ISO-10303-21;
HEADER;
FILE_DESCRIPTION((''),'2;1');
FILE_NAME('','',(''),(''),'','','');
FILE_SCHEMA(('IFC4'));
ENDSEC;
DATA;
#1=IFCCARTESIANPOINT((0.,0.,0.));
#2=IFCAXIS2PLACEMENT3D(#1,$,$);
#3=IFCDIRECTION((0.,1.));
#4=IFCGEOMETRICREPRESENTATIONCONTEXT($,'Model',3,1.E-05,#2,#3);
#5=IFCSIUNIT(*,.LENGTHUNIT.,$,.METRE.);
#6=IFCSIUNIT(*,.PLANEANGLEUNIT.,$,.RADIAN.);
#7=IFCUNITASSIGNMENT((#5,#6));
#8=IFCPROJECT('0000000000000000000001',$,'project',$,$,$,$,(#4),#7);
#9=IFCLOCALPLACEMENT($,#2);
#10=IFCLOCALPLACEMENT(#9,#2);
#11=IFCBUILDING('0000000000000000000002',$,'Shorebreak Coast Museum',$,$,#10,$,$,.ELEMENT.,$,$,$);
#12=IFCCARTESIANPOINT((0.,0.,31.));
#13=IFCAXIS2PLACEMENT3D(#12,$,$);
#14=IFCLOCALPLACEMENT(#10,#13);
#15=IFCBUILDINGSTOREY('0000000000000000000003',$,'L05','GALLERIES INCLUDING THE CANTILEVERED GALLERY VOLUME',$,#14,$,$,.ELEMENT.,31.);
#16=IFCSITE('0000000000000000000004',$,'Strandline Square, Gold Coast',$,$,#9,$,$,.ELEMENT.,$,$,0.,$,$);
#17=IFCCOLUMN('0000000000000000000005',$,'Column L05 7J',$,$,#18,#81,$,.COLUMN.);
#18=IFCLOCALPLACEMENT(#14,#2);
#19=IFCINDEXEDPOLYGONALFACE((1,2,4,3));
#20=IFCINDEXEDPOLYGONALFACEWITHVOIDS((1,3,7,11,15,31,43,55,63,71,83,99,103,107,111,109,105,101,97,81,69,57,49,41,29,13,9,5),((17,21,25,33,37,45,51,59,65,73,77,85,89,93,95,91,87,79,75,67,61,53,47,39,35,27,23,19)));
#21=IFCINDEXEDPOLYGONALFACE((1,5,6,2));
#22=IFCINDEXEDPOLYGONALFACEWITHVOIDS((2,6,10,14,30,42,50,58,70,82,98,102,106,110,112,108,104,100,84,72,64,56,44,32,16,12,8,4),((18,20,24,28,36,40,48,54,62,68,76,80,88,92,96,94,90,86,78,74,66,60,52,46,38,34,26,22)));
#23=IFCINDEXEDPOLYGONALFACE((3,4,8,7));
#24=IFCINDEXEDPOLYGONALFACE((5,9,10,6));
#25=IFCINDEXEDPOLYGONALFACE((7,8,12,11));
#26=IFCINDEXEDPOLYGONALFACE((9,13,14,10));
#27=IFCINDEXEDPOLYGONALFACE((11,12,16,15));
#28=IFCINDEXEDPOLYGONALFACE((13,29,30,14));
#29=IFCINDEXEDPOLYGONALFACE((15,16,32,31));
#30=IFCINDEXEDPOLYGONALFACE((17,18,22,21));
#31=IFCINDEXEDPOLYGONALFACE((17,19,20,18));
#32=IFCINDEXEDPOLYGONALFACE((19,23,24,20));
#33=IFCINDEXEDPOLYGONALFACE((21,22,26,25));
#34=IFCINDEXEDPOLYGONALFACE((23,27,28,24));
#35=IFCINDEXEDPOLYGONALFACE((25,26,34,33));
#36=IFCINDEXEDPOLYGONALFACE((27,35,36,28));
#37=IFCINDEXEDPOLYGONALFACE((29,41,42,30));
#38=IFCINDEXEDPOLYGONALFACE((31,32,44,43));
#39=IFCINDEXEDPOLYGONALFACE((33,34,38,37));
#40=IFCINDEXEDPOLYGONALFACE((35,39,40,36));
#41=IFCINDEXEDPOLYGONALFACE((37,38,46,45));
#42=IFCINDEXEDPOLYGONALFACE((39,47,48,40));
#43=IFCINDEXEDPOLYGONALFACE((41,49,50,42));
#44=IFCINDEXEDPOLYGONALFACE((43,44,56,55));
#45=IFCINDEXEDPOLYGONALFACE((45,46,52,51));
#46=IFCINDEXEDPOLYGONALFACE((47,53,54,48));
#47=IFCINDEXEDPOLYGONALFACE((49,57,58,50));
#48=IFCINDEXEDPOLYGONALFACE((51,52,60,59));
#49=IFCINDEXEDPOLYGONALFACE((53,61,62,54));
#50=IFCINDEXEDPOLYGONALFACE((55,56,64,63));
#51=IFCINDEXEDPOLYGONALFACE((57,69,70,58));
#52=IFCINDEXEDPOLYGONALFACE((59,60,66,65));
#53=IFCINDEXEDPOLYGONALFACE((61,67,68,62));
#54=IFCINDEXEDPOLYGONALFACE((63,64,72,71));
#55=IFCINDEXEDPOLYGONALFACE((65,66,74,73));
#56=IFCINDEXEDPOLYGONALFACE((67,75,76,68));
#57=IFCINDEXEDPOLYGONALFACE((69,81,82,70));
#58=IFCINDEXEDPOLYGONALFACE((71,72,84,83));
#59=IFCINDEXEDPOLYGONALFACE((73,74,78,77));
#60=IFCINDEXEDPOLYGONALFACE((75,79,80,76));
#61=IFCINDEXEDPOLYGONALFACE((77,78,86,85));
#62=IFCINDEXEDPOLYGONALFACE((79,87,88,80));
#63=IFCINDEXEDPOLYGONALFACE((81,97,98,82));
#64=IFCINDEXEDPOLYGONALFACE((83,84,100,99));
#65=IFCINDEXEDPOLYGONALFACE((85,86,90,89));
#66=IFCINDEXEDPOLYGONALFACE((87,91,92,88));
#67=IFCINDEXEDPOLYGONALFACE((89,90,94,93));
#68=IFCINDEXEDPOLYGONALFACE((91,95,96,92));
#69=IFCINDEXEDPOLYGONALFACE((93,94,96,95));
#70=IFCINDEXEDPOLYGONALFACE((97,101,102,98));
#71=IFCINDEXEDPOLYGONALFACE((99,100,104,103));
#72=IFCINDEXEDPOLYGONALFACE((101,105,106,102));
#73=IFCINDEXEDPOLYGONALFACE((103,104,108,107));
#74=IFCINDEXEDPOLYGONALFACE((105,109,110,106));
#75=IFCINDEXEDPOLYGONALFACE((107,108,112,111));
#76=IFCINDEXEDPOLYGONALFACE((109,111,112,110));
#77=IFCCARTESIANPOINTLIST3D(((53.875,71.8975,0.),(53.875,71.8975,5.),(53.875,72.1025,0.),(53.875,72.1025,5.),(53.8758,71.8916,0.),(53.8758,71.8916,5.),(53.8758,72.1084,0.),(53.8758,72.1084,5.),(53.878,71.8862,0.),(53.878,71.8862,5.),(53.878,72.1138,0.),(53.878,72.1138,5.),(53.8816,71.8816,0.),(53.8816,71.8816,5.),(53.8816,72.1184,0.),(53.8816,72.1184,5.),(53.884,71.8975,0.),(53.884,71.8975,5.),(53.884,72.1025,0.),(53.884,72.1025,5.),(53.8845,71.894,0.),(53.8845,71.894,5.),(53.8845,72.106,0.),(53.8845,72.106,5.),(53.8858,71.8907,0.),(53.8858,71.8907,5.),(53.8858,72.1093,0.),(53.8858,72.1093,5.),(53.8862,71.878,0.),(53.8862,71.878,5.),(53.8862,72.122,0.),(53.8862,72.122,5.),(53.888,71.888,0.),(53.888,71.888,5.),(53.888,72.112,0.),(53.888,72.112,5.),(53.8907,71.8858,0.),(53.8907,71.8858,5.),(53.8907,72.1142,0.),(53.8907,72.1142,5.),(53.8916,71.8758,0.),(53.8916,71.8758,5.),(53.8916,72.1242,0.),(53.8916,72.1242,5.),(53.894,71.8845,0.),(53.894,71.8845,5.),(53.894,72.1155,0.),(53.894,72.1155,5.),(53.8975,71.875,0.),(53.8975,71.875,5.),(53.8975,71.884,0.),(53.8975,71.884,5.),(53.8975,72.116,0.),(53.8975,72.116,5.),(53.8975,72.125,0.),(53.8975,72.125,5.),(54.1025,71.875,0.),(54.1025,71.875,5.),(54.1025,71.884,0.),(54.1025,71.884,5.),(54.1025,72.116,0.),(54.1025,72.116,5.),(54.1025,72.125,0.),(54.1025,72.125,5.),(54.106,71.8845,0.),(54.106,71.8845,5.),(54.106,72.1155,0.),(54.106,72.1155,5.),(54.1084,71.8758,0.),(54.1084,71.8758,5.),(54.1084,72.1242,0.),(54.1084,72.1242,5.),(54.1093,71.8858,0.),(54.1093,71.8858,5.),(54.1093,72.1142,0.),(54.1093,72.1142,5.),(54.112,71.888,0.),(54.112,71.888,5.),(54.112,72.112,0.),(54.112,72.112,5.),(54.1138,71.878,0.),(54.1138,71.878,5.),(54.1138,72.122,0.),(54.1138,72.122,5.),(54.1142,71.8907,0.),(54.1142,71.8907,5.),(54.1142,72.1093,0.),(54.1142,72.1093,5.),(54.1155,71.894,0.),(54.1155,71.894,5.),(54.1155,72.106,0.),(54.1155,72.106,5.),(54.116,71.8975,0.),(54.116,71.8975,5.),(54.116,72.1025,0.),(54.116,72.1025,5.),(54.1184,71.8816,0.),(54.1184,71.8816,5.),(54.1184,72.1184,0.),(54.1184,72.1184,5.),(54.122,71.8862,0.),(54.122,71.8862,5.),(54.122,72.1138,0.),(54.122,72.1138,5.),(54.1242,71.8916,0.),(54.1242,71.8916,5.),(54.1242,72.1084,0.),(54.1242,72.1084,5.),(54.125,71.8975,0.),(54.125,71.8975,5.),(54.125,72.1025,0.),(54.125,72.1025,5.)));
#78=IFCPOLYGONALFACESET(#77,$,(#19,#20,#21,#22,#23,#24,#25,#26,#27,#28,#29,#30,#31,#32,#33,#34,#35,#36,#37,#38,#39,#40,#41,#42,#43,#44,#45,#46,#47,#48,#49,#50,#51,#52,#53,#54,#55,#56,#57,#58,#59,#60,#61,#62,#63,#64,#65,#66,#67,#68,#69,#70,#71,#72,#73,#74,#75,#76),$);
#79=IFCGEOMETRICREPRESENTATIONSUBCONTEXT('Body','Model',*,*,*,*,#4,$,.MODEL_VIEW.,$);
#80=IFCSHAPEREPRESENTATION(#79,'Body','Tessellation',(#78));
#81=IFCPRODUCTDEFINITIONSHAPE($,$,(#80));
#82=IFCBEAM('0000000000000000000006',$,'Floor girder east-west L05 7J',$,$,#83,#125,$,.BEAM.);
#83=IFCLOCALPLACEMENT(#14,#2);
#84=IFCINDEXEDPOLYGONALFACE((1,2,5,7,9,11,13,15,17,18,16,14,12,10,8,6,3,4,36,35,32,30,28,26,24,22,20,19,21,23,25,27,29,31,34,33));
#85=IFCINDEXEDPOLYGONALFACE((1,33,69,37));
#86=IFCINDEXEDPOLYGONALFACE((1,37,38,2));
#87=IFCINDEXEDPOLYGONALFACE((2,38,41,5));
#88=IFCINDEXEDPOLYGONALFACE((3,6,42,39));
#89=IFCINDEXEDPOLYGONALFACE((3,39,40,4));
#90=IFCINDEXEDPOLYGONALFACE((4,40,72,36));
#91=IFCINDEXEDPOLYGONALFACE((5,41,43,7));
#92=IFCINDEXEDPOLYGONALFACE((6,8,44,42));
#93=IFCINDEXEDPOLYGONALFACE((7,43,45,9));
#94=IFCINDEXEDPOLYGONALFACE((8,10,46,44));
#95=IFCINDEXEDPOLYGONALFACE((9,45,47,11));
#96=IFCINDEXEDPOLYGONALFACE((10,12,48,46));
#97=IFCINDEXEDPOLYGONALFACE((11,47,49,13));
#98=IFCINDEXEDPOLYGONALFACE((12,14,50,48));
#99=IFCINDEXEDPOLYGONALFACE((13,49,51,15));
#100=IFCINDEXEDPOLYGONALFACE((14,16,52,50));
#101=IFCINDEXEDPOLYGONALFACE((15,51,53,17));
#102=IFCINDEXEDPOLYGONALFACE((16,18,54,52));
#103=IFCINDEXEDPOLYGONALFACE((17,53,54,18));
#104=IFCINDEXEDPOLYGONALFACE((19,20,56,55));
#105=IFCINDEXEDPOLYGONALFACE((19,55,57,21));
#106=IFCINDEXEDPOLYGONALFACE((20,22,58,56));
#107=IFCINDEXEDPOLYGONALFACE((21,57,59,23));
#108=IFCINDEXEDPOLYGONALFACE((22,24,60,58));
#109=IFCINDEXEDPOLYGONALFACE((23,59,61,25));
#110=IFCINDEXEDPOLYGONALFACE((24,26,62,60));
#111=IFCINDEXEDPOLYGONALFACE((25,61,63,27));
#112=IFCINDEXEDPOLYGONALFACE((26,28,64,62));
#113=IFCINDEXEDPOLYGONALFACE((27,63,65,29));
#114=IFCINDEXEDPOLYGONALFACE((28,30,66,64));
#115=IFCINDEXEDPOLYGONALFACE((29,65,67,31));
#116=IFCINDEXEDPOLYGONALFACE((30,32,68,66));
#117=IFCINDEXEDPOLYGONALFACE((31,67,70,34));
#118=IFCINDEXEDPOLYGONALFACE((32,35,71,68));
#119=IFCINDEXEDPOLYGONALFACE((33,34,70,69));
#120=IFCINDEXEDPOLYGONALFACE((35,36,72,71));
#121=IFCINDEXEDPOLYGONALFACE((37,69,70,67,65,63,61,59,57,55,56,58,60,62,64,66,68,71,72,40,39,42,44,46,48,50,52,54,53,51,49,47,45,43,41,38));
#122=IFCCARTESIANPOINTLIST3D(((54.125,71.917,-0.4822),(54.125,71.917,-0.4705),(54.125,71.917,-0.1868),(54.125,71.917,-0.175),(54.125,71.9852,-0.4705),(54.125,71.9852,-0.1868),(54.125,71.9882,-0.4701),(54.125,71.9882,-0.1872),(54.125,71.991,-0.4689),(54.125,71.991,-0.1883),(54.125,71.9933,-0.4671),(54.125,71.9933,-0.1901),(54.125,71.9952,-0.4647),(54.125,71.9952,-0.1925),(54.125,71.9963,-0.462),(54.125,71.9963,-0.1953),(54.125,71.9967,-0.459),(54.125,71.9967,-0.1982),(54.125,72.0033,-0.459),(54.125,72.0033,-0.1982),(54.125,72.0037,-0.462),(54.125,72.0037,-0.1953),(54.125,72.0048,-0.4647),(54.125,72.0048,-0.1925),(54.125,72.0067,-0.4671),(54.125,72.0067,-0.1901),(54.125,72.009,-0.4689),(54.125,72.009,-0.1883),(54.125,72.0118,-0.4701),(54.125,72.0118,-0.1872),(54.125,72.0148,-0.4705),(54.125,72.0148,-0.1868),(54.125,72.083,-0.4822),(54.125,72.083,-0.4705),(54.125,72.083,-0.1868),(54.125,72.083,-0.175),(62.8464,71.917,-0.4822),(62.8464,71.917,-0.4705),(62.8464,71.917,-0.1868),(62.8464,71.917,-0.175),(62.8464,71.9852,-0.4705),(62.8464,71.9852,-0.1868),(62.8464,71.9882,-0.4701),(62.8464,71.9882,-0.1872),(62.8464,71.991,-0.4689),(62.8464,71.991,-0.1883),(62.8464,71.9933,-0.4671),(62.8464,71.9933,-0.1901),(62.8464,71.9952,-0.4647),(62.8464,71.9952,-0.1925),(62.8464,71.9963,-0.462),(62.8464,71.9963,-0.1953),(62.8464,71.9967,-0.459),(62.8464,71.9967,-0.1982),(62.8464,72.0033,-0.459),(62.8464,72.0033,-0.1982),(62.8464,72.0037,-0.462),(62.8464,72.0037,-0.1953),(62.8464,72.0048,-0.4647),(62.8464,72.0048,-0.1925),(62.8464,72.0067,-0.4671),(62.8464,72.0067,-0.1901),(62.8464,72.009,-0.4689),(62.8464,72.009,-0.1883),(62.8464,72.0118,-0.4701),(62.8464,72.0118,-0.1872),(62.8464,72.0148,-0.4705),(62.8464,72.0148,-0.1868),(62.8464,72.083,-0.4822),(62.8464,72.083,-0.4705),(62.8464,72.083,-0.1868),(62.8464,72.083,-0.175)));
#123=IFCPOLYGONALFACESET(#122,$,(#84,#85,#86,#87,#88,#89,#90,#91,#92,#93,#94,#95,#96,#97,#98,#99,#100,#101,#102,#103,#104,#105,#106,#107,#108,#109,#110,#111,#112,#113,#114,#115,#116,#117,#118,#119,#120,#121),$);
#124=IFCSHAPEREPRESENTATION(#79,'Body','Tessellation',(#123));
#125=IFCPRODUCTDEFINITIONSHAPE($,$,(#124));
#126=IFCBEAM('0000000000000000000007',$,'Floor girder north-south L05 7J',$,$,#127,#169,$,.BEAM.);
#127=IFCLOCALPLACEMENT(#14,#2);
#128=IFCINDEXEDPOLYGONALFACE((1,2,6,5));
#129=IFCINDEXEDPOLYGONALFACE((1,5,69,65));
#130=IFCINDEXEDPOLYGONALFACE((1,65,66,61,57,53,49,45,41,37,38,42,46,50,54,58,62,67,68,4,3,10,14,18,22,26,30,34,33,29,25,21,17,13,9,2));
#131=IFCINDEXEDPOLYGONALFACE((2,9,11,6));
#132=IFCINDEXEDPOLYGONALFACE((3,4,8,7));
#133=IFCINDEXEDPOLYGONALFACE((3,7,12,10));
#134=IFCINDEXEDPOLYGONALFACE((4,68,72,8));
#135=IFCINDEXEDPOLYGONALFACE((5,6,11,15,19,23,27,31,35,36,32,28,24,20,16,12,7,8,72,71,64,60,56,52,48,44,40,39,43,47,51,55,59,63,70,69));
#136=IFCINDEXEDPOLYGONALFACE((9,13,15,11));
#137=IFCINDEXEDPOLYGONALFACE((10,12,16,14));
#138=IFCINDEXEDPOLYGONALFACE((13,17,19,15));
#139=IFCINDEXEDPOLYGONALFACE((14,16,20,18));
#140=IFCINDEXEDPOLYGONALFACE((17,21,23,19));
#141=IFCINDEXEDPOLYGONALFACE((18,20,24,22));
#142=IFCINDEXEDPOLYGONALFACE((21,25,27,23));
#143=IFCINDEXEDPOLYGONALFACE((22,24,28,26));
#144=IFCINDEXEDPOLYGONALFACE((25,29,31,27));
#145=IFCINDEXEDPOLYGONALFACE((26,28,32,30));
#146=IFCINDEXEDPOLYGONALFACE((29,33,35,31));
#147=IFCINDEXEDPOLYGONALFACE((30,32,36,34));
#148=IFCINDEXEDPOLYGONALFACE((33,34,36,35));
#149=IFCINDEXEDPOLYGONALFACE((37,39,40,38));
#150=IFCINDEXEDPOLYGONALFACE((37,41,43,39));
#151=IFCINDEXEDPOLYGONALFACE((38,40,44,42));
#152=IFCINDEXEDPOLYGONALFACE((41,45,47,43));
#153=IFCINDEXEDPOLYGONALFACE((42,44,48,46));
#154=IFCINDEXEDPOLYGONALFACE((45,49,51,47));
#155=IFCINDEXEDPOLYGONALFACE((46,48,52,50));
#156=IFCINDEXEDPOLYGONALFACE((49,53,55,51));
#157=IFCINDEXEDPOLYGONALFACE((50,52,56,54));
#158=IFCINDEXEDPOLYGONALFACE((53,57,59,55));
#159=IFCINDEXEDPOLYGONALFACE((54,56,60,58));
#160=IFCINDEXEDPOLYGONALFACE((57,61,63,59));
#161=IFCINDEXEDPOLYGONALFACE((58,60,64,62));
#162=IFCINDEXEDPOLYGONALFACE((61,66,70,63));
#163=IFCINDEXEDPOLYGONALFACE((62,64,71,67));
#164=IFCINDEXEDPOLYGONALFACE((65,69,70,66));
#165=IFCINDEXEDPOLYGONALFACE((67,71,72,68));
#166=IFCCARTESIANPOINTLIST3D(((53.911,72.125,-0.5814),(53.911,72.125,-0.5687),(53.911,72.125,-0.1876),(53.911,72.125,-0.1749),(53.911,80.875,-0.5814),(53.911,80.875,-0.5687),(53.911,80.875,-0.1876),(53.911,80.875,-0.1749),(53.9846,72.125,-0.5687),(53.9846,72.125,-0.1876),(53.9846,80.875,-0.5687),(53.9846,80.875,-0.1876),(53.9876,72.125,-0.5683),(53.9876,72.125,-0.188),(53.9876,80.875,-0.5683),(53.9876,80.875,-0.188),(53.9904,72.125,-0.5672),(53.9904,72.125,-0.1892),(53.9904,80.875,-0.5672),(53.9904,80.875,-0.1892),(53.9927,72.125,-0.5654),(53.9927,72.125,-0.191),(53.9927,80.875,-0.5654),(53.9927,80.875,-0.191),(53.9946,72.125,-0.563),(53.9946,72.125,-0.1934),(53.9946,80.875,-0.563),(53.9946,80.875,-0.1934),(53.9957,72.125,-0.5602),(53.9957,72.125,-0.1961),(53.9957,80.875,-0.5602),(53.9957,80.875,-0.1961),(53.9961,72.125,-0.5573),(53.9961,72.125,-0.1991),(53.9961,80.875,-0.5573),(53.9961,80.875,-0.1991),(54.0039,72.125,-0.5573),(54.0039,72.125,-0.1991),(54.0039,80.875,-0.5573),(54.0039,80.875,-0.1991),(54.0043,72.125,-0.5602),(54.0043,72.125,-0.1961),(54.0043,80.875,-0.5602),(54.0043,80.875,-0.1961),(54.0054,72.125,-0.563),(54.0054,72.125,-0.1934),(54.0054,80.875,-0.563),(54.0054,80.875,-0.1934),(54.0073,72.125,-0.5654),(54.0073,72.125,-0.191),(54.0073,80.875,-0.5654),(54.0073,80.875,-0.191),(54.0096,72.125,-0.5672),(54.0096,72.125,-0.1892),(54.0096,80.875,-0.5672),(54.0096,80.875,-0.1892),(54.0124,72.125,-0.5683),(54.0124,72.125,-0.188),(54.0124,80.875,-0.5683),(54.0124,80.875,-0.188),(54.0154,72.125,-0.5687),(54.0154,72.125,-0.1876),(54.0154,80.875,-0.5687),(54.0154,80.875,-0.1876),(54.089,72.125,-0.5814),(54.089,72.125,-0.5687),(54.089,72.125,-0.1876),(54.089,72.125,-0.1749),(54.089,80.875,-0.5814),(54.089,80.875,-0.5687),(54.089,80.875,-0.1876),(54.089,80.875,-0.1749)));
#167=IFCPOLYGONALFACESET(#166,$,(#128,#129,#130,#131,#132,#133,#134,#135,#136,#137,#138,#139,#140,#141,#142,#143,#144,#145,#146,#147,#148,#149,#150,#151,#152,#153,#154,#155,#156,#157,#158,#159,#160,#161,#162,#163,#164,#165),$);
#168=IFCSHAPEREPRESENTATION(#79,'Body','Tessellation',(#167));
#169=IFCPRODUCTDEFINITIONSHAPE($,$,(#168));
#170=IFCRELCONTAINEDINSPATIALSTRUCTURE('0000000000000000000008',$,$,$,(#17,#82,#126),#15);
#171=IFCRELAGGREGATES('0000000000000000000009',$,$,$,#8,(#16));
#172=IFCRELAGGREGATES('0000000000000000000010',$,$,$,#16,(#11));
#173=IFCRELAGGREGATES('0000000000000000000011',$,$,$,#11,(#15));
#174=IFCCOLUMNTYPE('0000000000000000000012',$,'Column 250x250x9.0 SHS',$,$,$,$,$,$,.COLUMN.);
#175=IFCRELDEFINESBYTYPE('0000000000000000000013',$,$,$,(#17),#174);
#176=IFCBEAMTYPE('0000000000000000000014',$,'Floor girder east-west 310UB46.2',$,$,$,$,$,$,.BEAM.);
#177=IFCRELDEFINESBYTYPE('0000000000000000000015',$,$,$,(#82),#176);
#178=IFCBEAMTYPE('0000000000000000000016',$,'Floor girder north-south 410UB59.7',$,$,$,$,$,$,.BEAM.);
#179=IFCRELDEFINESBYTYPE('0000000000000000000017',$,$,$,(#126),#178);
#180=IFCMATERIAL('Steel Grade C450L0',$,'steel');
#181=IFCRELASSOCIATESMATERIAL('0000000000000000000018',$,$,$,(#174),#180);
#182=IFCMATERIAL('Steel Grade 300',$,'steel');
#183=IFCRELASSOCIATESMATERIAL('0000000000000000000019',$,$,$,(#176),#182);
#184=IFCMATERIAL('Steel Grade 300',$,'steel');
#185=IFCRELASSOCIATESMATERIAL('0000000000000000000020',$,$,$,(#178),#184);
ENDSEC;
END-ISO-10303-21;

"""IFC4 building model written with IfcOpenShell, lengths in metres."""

from ifc_helpers import new_model, si_unit, direction, frame, origin, origin_2d, place, context, subcontext, project, spatial, hollow_rectangle, i_section, extrude, material, material_profile, profile_set, type_object, element, save


model = new_model("IFC4")

# Units and contexts
model_context = context("Model", 3, precision=1e-05, world=origin(), true_north=direction((0.0, 1.0)))
body_context = subcontext(model_context, "Body", "Model", "MODEL_VIEW")
ifc_project = project(units=[si_unit("LENGTHUNIT", "METRE"), si_unit("PLANEANGLEUNIT", "RADIAN")], contexts=[model_context])

# Site, building, storey
site_placement = place(None, origin())
site = spatial("IfcSite", under=ifc_project, at=site_placement, Name="Strandline Square, Gold Coast", CompositionType="ELEMENT", RefElevation=0.0)
building_placement = place(site_placement, origin())
building = spatial("IfcBuilding", under=site, at=building_placement, Name="Shorebreak Coast Museum", CompositionType="ELEMENT")
storey_placement = place(building_placement, frame((0.0, 0.0, 31.0)))
storey = spatial("IfcBuildingStorey", under=building, at=storey_placement, Name="L05", Description="GALLERIES INCLUDING THE CANTILEVERED GALLERY VOLUME", CompositionType="ELEMENT", Elevation=31.0)

# Column
ifc_material_1 = material(Name="Steel Grade C450L0", Category="steel")
ifc_material_profile_1 = material_profile(ifc_material_1, hollow_rectangle(XDim=0.25, YDim=0.25, WallThickness=0.009, InnerFilletRadius=0.0134, OuterFilletRadius=0.0225, at=origin_2d()), Name="250x250x9.0 SHS")
ifc_profile_set_1 = profile_set([ifc_material_profile_1], Name="Steel Grade C450L0")
column_type = type_object("IfcColumnType", Name="Column 250x250x9.0 SHS", PredefinedType="COLUMN", material=ifc_profile_set_1)
column_placement = place(storey_placement, frame((54.0, 72.0, 0.0), z_axis=(0.0, 0.0, 1.0), x_axis=(1.0, 0.0, 0.0)))
element("IfcColumn", 1, at=column_placement, inside=storey, type_object=column_type, Name="Column L05 7J", PredefinedType="COLUMN", context=body_context, shape_type="SweptSolid", body=[
    extrude(hollow_rectangle(XDim=0.25, YDim=0.25, WallThickness=0.009, InnerFilletRadius=0.0134, OuterFilletRadius=0.0225, at=origin_2d()), origin(), (0.0, 0.0, 1.0), 5.0),
])

# Beams
ifc_material_2 = material(Name="Steel Grade 300", Category="steel")
ifc_material_profile_2 = material_profile(ifc_material_2, i_section(OverallWidth=0.166, OverallDepth=0.3071, WebThickness=0.0066, FlangeThickness=0.0117, FilletRadius=0.0115, at=origin_2d()), Name="310UB46.2")
ifc_profile_set_2 = profile_set([ifc_material_profile_2], Name="Steel Grade 300")
beam_type_1 = type_object("IfcBeamType", Name="Floor girder east-west 310UB46.2", PredefinedType="BEAM", material=ifc_profile_set_2)
beam_1_placement = place(storey_placement, frame((54.125, 72.0, -0.3286), z_axis=(1.0, 0.0, 0.0), x_axis=(0.0, 1.0, 0.0)))
element("IfcBeam", 2, at=beam_1_placement, inside=storey, type_object=beam_type_1, Name="Floor girder east-west L05 7J", PredefinedType="BEAM", context=body_context, shape_type="SweptSolid", body=[
    extrude(i_section(OverallWidth=0.166, OverallDepth=0.3071, WebThickness=0.0066, FlangeThickness=0.0117, FilletRadius=0.0115, at=origin_2d()), origin(), (0.0, 0.0, 1.0), 8.7214),
])
ifc_material_3 = material(Name="Steel Grade 300", Category="steel")
ifc_material_profile_3 = material_profile(ifc_material_3, i_section(OverallWidth=0.178, OverallDepth=0.4065, WebThickness=0.0078, FlangeThickness=0.0127, FilletRadius=0.0115, at=origin_2d()), Name="410UB59.7")
ifc_profile_set_3 = profile_set([ifc_material_profile_3], Name="Steel Grade 300")
beam_type_2 = type_object("IfcBeamType", Name="Floor girder north-south 410UB59.7", PredefinedType="BEAM", material=ifc_profile_set_3)
beam_2_placement = place(storey_placement, frame((54.0, 72.125, -0.3782), z_axis=(0.0, 1.0, 0.0), x_axis=(-1.0, 0.0, 0.0)))
element("IfcBeam", 3, at=beam_2_placement, inside=storey, type_object=beam_type_2, Name="Floor girder north-south L05 7J", PredefinedType="BEAM", context=body_context, shape_type="SweptSolid", body=[
    extrude(i_section(OverallWidth=0.178, OverallDepth=0.4065, WebThickness=0.0078, FlangeThickness=0.0127, FilletRadius=0.0115, at=origin_2d()), origin(), (0.0, 0.0, 1.0), 8.75),
])

save(model, "model.ifc")
